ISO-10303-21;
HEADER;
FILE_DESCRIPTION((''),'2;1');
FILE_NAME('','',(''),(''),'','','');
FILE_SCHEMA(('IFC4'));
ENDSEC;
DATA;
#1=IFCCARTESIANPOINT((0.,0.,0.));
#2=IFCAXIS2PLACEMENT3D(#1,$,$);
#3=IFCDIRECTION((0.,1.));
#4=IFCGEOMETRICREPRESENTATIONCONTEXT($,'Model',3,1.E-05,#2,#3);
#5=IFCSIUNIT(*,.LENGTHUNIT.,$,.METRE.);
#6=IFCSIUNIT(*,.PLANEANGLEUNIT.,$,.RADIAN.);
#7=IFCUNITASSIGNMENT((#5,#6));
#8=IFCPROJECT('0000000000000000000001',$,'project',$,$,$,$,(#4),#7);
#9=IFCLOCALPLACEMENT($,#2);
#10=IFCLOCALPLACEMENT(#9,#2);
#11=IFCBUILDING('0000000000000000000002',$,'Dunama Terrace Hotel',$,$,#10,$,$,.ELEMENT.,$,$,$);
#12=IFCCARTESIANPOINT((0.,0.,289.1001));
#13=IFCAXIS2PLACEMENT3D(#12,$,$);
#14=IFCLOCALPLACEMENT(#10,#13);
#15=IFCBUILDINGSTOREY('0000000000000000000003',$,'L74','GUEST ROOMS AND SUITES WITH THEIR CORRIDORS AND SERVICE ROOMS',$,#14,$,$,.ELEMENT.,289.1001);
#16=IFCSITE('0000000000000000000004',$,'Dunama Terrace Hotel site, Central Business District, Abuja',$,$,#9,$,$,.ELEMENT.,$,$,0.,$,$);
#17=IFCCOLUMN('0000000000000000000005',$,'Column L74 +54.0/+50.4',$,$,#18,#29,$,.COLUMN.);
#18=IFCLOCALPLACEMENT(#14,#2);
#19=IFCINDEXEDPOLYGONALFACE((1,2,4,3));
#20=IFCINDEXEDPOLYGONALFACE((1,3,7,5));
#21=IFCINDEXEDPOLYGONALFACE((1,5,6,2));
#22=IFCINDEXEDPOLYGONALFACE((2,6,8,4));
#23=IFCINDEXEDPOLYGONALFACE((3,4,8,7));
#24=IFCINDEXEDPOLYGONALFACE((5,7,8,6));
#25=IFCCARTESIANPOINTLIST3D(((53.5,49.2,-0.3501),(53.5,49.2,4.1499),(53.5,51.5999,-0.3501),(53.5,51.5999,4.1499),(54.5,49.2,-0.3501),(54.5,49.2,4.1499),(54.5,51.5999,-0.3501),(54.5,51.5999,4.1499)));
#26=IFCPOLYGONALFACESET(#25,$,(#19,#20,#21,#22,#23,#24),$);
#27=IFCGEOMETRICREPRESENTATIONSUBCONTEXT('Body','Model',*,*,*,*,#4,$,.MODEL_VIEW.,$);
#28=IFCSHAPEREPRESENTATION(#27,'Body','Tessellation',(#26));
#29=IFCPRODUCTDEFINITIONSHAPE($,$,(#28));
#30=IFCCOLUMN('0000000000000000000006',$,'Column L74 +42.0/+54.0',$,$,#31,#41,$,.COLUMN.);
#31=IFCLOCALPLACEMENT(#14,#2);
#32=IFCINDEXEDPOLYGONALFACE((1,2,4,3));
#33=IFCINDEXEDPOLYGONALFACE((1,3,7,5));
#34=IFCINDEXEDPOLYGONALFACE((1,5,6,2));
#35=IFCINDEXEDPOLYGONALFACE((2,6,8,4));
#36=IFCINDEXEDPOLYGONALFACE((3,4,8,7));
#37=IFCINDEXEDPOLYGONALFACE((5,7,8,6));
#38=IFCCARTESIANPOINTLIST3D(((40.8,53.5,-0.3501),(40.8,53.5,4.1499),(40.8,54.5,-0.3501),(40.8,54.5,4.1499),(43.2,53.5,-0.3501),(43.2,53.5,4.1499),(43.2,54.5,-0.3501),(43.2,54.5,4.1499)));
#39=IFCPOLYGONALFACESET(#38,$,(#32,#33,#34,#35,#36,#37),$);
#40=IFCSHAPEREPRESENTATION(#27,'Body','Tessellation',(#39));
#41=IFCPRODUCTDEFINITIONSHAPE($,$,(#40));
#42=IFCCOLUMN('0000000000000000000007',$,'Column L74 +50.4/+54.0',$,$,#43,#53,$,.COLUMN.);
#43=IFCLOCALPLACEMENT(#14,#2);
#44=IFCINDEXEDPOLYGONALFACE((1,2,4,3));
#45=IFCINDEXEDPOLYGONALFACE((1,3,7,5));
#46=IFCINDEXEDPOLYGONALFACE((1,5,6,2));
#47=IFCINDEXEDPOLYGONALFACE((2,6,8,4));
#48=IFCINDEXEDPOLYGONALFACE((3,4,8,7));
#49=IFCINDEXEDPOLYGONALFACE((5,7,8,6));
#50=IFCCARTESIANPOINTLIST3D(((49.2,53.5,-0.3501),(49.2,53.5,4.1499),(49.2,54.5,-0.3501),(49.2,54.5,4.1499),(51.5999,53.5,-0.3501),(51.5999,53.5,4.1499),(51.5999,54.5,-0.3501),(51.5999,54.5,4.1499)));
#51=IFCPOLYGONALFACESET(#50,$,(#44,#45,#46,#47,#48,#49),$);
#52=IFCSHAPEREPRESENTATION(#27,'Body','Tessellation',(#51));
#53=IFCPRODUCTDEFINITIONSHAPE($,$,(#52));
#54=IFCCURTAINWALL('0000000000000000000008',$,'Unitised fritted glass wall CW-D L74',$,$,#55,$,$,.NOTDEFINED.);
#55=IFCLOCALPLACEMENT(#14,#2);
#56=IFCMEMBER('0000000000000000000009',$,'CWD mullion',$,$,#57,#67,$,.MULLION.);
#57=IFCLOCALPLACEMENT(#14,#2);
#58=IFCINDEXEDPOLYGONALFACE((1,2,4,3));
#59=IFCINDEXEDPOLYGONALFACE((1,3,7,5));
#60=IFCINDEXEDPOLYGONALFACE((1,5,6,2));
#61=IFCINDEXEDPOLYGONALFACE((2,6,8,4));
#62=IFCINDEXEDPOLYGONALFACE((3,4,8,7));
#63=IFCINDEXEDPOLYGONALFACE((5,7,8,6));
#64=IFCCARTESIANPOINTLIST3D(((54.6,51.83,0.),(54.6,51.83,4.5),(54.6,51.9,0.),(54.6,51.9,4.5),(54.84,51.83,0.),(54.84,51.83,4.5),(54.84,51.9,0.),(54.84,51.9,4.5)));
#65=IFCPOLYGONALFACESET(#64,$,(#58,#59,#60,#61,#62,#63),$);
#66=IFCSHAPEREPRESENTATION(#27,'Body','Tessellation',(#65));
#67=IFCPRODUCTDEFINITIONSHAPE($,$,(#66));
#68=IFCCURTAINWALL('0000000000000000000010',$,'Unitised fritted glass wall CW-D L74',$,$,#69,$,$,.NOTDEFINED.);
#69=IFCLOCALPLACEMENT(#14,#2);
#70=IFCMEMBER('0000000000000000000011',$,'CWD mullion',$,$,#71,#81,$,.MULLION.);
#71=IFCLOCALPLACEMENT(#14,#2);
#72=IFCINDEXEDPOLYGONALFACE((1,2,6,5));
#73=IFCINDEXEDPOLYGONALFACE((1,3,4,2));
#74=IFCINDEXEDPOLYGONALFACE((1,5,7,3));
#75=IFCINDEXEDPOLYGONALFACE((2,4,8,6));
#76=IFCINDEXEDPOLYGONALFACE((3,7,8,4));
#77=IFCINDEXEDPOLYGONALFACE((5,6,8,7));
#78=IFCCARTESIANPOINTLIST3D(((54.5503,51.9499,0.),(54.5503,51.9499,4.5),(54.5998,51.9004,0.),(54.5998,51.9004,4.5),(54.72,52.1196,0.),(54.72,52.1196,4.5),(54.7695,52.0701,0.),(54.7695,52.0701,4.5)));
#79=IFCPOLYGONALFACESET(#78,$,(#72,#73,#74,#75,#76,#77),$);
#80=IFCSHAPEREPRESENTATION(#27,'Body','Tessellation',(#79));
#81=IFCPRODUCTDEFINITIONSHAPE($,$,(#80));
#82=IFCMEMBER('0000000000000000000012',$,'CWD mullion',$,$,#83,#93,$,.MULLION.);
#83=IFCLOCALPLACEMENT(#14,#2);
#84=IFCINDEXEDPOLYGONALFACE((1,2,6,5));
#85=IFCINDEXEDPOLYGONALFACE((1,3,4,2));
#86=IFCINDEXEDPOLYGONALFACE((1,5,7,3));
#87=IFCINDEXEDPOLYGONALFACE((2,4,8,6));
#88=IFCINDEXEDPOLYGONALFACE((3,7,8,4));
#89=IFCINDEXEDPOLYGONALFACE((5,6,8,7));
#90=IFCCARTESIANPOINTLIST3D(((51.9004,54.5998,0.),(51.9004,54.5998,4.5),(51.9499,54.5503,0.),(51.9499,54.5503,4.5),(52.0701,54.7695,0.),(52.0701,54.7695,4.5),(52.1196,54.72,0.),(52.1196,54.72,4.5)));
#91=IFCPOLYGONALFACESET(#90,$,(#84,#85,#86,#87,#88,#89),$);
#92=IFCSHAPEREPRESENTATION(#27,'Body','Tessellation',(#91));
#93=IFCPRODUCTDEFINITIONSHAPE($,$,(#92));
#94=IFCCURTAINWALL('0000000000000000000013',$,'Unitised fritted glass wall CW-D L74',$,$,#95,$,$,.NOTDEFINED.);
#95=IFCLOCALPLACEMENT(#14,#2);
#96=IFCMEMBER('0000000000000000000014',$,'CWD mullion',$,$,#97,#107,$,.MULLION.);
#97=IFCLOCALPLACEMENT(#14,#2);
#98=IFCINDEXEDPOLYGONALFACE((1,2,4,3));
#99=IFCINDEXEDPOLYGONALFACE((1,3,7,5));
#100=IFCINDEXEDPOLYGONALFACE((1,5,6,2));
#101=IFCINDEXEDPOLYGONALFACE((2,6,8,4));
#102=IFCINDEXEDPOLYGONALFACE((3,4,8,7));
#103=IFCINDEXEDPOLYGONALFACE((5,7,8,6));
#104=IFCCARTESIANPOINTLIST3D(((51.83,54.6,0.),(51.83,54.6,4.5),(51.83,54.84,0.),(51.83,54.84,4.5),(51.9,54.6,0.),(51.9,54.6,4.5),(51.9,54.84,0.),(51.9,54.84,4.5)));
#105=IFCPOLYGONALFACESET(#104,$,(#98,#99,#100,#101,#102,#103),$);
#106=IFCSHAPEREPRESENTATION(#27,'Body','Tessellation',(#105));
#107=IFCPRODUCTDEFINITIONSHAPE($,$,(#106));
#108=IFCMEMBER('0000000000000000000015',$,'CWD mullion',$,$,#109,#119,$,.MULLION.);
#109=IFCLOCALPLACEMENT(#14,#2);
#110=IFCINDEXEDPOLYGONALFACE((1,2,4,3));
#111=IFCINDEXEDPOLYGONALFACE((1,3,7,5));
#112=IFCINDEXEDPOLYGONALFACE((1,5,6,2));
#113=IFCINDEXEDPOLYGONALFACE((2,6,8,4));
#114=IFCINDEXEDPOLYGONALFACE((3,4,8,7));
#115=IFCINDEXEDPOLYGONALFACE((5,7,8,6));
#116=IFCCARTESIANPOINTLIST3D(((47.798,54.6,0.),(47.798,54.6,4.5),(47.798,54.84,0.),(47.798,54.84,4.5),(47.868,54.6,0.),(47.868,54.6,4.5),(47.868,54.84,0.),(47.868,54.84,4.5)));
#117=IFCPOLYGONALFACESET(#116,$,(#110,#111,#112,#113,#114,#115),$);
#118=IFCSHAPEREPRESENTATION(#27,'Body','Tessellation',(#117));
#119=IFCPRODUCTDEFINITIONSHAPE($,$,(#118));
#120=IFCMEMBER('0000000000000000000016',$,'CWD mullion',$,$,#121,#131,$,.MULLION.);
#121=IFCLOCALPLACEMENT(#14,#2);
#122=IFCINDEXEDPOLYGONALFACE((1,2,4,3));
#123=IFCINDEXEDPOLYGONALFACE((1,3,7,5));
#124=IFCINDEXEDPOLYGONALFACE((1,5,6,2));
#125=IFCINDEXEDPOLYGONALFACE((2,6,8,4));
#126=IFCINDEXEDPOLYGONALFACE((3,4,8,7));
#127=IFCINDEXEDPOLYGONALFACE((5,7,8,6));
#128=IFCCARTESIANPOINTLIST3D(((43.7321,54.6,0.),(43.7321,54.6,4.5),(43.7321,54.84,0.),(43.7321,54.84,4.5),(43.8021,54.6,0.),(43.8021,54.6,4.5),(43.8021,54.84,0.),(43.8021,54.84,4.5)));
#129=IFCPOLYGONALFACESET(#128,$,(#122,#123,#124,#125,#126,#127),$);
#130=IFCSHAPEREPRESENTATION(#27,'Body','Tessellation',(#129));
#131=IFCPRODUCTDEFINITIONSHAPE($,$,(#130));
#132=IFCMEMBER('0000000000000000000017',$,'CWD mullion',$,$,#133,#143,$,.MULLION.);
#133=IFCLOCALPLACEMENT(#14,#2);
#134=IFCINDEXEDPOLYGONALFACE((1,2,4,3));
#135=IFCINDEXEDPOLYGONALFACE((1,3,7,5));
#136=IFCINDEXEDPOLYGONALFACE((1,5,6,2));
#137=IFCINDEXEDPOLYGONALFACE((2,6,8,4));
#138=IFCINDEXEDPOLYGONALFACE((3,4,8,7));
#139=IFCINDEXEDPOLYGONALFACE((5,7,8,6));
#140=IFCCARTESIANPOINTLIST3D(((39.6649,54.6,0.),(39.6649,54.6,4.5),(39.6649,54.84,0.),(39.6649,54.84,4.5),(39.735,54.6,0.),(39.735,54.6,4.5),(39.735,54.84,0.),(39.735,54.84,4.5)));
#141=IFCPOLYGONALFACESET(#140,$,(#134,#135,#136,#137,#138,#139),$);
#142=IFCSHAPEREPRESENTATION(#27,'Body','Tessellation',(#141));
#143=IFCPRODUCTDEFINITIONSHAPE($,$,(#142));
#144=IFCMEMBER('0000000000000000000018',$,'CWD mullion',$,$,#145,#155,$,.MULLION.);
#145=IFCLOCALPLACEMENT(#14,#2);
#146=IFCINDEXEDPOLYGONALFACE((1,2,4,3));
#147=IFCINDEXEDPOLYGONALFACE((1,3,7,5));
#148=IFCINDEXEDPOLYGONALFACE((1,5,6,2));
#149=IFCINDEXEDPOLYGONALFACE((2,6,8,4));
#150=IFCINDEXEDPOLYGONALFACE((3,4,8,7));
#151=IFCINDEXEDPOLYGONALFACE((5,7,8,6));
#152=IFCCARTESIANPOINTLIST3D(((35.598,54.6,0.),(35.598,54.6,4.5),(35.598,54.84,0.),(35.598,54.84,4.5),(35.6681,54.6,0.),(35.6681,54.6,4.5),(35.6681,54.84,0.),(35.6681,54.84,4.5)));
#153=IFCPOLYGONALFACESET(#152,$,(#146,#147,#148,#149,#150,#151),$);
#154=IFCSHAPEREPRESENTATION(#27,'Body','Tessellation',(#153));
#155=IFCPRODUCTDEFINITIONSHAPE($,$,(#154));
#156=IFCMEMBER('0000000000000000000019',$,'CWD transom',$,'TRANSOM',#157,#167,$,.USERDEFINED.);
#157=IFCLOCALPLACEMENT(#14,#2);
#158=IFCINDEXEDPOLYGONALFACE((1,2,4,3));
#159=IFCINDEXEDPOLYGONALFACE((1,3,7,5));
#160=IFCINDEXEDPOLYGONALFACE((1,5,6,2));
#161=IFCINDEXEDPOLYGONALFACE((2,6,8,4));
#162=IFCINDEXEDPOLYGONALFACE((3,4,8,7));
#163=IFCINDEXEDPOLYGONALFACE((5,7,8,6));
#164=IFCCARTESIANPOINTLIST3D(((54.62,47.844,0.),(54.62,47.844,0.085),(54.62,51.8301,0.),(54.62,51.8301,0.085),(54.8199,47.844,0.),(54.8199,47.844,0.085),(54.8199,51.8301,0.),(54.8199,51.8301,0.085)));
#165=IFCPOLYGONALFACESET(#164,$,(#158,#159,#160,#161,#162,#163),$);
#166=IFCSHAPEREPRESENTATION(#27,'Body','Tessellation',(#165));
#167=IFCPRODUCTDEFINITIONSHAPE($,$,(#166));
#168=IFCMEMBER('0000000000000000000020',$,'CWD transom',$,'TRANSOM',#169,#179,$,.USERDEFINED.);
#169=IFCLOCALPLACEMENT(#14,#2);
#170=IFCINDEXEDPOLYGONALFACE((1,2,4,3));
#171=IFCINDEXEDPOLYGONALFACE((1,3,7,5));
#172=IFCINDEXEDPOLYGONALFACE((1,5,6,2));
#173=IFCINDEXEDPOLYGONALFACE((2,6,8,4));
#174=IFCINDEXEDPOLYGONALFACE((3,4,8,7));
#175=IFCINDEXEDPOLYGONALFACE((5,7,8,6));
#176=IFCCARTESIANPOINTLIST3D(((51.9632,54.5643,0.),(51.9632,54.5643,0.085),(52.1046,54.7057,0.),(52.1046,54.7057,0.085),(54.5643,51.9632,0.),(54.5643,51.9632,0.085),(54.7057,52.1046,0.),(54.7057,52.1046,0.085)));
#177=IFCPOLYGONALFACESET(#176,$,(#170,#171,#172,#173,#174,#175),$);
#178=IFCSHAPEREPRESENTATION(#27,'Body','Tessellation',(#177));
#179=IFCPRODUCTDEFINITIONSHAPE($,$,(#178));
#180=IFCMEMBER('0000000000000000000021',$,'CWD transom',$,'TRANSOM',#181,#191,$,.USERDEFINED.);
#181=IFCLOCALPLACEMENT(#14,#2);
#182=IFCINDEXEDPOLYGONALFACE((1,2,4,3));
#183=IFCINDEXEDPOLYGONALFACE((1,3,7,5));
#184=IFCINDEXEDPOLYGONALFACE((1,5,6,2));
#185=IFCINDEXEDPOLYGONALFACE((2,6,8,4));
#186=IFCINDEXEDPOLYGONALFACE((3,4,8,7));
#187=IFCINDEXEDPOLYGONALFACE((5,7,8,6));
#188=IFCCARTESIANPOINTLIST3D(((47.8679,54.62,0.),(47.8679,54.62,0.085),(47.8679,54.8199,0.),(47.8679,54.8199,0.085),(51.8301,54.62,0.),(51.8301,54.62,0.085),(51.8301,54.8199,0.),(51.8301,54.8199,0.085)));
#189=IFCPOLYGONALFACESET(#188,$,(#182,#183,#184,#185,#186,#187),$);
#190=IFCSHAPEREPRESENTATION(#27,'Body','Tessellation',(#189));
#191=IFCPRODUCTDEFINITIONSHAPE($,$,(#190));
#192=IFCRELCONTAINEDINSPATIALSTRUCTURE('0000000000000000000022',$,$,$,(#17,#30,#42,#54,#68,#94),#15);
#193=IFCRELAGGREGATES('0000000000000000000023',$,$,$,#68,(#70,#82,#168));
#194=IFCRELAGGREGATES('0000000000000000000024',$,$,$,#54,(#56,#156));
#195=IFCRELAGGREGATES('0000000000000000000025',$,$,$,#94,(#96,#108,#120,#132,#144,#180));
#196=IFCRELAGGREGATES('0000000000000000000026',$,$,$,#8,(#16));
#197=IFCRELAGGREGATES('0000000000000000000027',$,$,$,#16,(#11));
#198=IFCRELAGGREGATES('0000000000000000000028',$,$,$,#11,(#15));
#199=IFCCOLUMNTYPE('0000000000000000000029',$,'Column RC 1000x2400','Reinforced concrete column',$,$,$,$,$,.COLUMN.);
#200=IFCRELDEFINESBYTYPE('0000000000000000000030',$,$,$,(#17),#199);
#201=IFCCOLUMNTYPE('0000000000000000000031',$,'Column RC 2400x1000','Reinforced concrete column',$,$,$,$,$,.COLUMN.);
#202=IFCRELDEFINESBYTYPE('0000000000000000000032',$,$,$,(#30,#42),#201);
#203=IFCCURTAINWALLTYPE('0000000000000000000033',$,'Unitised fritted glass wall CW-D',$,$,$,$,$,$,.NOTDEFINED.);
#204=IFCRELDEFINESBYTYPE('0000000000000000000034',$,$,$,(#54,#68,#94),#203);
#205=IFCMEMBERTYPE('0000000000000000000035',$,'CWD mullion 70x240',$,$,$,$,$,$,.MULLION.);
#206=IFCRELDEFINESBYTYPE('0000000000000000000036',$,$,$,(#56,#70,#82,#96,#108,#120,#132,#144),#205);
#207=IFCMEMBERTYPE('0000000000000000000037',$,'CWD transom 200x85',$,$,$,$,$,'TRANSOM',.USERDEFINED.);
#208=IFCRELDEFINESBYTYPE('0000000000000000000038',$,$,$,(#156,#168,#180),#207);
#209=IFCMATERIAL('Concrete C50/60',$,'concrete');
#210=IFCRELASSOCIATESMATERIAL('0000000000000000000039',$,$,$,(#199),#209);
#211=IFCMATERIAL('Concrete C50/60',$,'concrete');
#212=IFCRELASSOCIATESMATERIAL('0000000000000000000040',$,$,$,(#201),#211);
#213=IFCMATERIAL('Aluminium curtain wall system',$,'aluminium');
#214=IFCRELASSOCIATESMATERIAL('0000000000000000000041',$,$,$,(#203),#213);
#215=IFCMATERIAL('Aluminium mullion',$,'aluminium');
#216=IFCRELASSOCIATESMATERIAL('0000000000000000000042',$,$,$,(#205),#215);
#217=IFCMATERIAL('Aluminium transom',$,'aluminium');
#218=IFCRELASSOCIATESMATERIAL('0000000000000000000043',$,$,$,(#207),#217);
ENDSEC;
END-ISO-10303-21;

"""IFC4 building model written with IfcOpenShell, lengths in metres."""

from ifc_helpers import new_model, si_unit, direction, frame, origin, origin_2d, place, context, subcontext, project, spatial, rectangle, extrude, material, material_profile, profile_set, type_object, element, aggregate, save


model = new_model("IFC4")

# Units and contexts
model_context = context("Model", 3, precision=1e-05, world=origin(), true_north=direction((0.0, 1.0)))
body_context = subcontext(model_context, "Body", "Model", "MODEL_VIEW")
ifc_project = project(units=[si_unit("LENGTHUNIT", "METRE"), si_unit("PLANEANGLEUNIT", "RADIAN")], contexts=[model_context])

# Site, building, storey
site_placement = place(None, origin())
site = spatial("IfcSite", under=ifc_project, at=site_placement, Name="Dunama Terrace Hotel site, Central Business District, Abuja", CompositionType="ELEMENT", RefElevation=0.0)
building_placement = place(site_placement, origin())
building = spatial("IfcBuilding", under=site, at=building_placement, Name="Dunama Terrace Hotel", CompositionType="ELEMENT")
storey_placement = place(building_placement, frame((0.0, 0.0, 289.1001)))
storey = spatial("IfcBuildingStorey", under=building, at=storey_placement, Name="L74", Description="GUEST ROOMS AND SUITES WITH THEIR CORRIDORS AND SERVICE ROOMS", CompositionType="ELEMENT", Elevation=289.1001)

# Columns
ifc_material_1 = material(Name="Concrete C50/60", Category="concrete")
ifc_material_profile_1 = material_profile(ifc_material_1, rectangle(XDim=1.0, YDim=2.3999, at=origin_2d()), Name="RC 1000x2400")
ifc_profile_set_1 = profile_set([ifc_material_profile_1], Name="Concrete C50/60")
column_type_1 = type_object("IfcColumnType", Name="Column RC 1000x2400", Description="Reinforced concrete column", PredefinedType="COLUMN", material=ifc_profile_set_1)
column_placement = place(storey_placement, frame((54.0, 50.3999, -0.3501), z_axis=(0.0, 0.0, 1.0), x_axis=(1.0, 0.0, 0.0)))
element("IfcColumn", 1, at=column_placement, inside=storey, type_object=column_type_1, Name="Column L74 +54.0/+50.4", PredefinedType="COLUMN", context=body_context, shape_type="SweptSolid", body=[
    extrude(rectangle(XDim=1.0, YDim=2.3999, at=origin_2d()), origin(), (0.0, 0.0, 1.0), 4.5),
])
ifc_material_2 = material(Name="Concrete C50/60", Category="concrete")
ifc_material_profile_2 = material_profile(ifc_material_2, rectangle(XDim=2.3999, YDim=1.0, at=origin_2d()), Name="RC 2400x1000")
ifc_profile_set_2 = profile_set([ifc_material_profile_2], Name="Concrete C50/60")
column_type_2 = type_object("IfcColumnType", Name="Column RC 2400x1000", Description="Reinforced concrete column", PredefinedType="COLUMN", material=ifc_profile_set_2)
for number, where, z_axis, x_axis, name in (
    (2, (42.0, 54.0, -0.3501), (0.0, 0.0, 1.0), (1.0, 0.0, 0.0), "Column L74 +42.0/+54.0"),
    (3, (50.3999, 54.0, -0.3501), (0.0, 0.0, 1.0), (1.0, 0.0, 0.0), "Column L74 +50.4/+54.0"),
):
    element("IfcColumn", number, at=place(storey_placement, frame(where, z_axis=z_axis, x_axis=x_axis)), inside=storey, type_object=column_type_2, Name=name, PredefinedType="COLUMN", context=body_context, shape_type="SweptSolid", body=[
        extrude(rectangle(XDim=2.3999, YDim=1.0, at=origin_2d()), origin(), (0.0, 0.0, 1.0), 4.5),
    ])

# Curtain wall, member
ifc_material_3 = material(Name="Aluminium curtain wall system", Category="aluminium")
curtain_wall_type = type_object("IfcCurtainWallType", Name="Unitised fritted glass wall CW-D", PredefinedType="NOTDEFINED", material=ifc_material_3)
curtain_wall_1_placement = place(storey_placement, origin())
curtain_wall_1 = element("IfcCurtainWall", 4, at=curtain_wall_1_placement, inside=storey, type_object=curtain_wall_type, Name="Unitised fritted glass wall CW-D L74", PredefinedType="NOTDEFINED")
ifc_material_4 = material(Name="Aluminium mullion", Category="aluminium")
ifc_material_profile_3 = material_profile(ifc_material_4, rectangle(XDim=0.0701, YDim=0.24, at=origin_2d()), Name="CWD MULLION 70X240")
ifc_profile_set_3 = profile_set([ifc_material_profile_3], Name="Aluminium mullion")
member_type_1 = type_object("IfcMemberType", Name="CWD mullion 70x240", PredefinedType="MULLION", material=ifc_profile_set_3)
member_1_placement = place(storey_placement, frame((54.72, 51.865, 0.0), z_axis=(0.0, 0.0, 1.0), x_axis=(0.0, 1.0, 0.0)))
member_1 = element("IfcMember", 5, at=member_1_placement, type_object=member_type_1, Name="CWD mullion", PredefinedType="MULLION", context=body_context, shape_type="SweptSolid", body=[
    extrude(rectangle(XDim=0.0701, YDim=0.24, at=origin_2d()), origin(), (0.0, 0.0, 1.0), 4.5),
])

# Curtain walls, members
curtain_wall_2_placement = place(storey_placement, origin())
curtain_wall_2 = element("IfcCurtainWall", 6, at=curtain_wall_2_placement, inside=storey, type_object=curtain_wall_type, Name="Unitised fritted glass wall CW-D L74", PredefinedType="NOTDEFINED")
member_2_placement = place(storey_placement, frame((54.6599, 52.01, 0.0), z_axis=(0.0, 0.0, 1.0), x_axis=(-0.707107, 0.707107, 0.0)))
member_2 = element("IfcMember", 7, at=member_2_placement, type_object=member_type_1, Name="CWD mullion", PredefinedType="MULLION", context=body_context, shape_type="SweptSolid", body=[
    extrude(rectangle(XDim=0.0701, YDim=0.24, at=origin_2d()), origin(), (0.0, 0.0, 1.0), 4.5),
])
member_3_placement = place(storey_placement, frame((52.01, 54.6599, 0.0), z_axis=(0.0, 0.0, 1.0), x_axis=(-0.707107, 0.707107, 0.0)))
member_3 = element("IfcMember", 8, at=member_3_placement, type_object=member_type_1, Name="CWD mullion", PredefinedType="MULLION", context=body_context, shape_type="SweptSolid", body=[
    extrude(rectangle(XDim=0.0701, YDim=0.24, at=origin_2d()), origin(), (0.0, 0.0, 1.0), 4.5),
])
curtain_wall_3_placement = place(storey_placement, origin())
curtain_wall_3 = element("IfcCurtainWall", 9, at=curtain_wall_3_placement, inside=storey, type_object=curtain_wall_type, Name="Unitised fritted glass wall CW-D L74", PredefinedType="NOTDEFINED")
member_4_placement = place(storey_placement, frame((51.865, 54.72, 0.0), z_axis=(0.0, 0.0, 1.0), x_axis=(-1.0, 0.0, 0.0)))
member_4 = element("IfcMember", 10, at=member_4_placement, type_object=member_type_1, Name="CWD mullion", PredefinedType="MULLION", context=body_context, shape_type="SweptSolid", body=[
    extrude(rectangle(XDim=0.0701, YDim=0.24, at=origin_2d()), origin(), (0.0, 0.0, 1.0), 4.5),
])
member_5_placement = place(storey_placement, frame((47.833, 54.72, 0.0), z_axis=(0.0, 0.0, 1.0), x_axis=(-1.0, 0.0, 0.0)))
member_5 = element("IfcMember", 11, at=member_5_placement, type_object=member_type_1, Name="CWD mullion", PredefinedType="MULLION", context=body_context, shape_type="SweptSolid", body=[
    extrude(rectangle(XDim=0.0701, YDim=0.24, at=origin_2d()), origin(), (0.0, 0.0, 1.0), 4.5),
])
member_6_placement = place(storey_placement, frame((43.7671, 54.72, 0.0), z_axis=(0.0, 0.0, 1.0), x_axis=(-1.0, 0.0, 0.0)))
member_6 = element("IfcMember", 12, at=member_6_placement, type_object=member_type_1, Name="CWD mullion", PredefinedType="MULLION", context=body_context, shape_type="SweptSolid", body=[
    extrude(rectangle(XDim=0.0701, YDim=0.24, at=origin_2d()), origin(), (0.0, 0.0, 1.0), 4.5),
])
member_7_placement = place(storey_placement, frame((39.7, 54.72, 0.0), z_axis=(0.0, 0.0, 1.0), x_axis=(-1.0, 0.0, 0.0)))
member_7 = element("IfcMember", 13, at=member_7_placement, type_object=member_type_1, Name="CWD mullion", PredefinedType="MULLION", context=body_context, shape_type="SweptSolid", body=[
    extrude(rectangle(XDim=0.0701, YDim=0.24, at=origin_2d()), origin(), (0.0, 0.0, 1.0), 4.5),
])
member_8_placement = place(storey_placement, frame((35.6331, 54.72, 0.0), z_axis=(0.0, 0.0, 1.0), x_axis=(-1.0, 0.0, 0.0)))
member_8 = element("IfcMember", 14, at=member_8_placement, type_object=member_type_1, Name="CWD mullion", PredefinedType="MULLION", context=body_context, shape_type="SweptSolid", body=[
    extrude(rectangle(XDim=0.0701, YDim=0.24, at=origin_2d()), origin(), (0.0, 0.0, 1.0), 4.5),
])

# Members
ifc_material_5 = material(Name="Aluminium transom", Category="aluminium")
ifc_material_profile_4 = material_profile(ifc_material_5, rectangle(XDim=0.2, YDim=0.085, at=origin_2d()), Name="CWD TRANSOM 200X85")
ifc_profile_set_4 = profile_set([ifc_material_profile_4], Name="Aluminium transom")
member_type_2 = type_object("IfcMemberType", Name="CWD transom 200x85", ElementType="TRANSOM", PredefinedType="USERDEFINED", material=ifc_profile_set_4)
member_9_placement = place(storey_placement, frame((54.72, 47.844, 0.0425), z_axis=(0.0, 1.0, 0.0), x_axis=(-1.0, 0.0, 0.0)))
member_9 = element("IfcMember", 15, at=member_9_placement, type_object=member_type_2, Name="CWD transom", ObjectType="TRANSOM", PredefinedType="USERDEFINED", context=body_context, shape_type="SweptSolid", body=[
    extrude(rectangle(XDim=0.2, YDim=0.085, at=origin_2d()), origin(), (0.0, 0.0, 1.0), 3.9861),
])
member_10_placement = place(storey_placement, frame((54.635, 52.0339, 0.0425), z_axis=(-0.707107, 0.707107, 0.0), x_axis=(-0.707107, -0.707107, 0.0)))
member_10 = element("IfcMember", 16, at=member_10_placement, type_object=member_type_2, Name="CWD transom", ObjectType="TRANSOM", PredefinedType="USERDEFINED", context=body_context, shape_type="SweptSolid", body=[
    extrude(rectangle(XDim=0.2, YDim=0.085, at=origin_2d()), origin(), (0.0, 0.0, 1.0), 3.6785),
])
member_11_placement = place(storey_placement, frame((51.8301, 54.72, 0.0425), z_axis=(-1.0, 0.0, 0.0), x_axis=(0.0, -1.0, 0.0)))
member_11 = element("IfcMember", 17, at=member_11_placement, type_object=member_type_2, Name="CWD transom", ObjectType="TRANSOM", PredefinedType="USERDEFINED", context=body_context, shape_type="SweptSolid", body=[
    extrude(rectangle(XDim=0.2, YDim=0.085, at=origin_2d()), origin(), (0.0, 0.0, 1.0), 3.9622),
])

aggregate(curtain_wall_2, [member_2, member_3, member_10])
aggregate(curtain_wall_1, [member_1, member_9])
aggregate(curtain_wall_3, [member_4, member_5, member_6, member_7, member_8, member_11])

save(model, "model.ifc")
